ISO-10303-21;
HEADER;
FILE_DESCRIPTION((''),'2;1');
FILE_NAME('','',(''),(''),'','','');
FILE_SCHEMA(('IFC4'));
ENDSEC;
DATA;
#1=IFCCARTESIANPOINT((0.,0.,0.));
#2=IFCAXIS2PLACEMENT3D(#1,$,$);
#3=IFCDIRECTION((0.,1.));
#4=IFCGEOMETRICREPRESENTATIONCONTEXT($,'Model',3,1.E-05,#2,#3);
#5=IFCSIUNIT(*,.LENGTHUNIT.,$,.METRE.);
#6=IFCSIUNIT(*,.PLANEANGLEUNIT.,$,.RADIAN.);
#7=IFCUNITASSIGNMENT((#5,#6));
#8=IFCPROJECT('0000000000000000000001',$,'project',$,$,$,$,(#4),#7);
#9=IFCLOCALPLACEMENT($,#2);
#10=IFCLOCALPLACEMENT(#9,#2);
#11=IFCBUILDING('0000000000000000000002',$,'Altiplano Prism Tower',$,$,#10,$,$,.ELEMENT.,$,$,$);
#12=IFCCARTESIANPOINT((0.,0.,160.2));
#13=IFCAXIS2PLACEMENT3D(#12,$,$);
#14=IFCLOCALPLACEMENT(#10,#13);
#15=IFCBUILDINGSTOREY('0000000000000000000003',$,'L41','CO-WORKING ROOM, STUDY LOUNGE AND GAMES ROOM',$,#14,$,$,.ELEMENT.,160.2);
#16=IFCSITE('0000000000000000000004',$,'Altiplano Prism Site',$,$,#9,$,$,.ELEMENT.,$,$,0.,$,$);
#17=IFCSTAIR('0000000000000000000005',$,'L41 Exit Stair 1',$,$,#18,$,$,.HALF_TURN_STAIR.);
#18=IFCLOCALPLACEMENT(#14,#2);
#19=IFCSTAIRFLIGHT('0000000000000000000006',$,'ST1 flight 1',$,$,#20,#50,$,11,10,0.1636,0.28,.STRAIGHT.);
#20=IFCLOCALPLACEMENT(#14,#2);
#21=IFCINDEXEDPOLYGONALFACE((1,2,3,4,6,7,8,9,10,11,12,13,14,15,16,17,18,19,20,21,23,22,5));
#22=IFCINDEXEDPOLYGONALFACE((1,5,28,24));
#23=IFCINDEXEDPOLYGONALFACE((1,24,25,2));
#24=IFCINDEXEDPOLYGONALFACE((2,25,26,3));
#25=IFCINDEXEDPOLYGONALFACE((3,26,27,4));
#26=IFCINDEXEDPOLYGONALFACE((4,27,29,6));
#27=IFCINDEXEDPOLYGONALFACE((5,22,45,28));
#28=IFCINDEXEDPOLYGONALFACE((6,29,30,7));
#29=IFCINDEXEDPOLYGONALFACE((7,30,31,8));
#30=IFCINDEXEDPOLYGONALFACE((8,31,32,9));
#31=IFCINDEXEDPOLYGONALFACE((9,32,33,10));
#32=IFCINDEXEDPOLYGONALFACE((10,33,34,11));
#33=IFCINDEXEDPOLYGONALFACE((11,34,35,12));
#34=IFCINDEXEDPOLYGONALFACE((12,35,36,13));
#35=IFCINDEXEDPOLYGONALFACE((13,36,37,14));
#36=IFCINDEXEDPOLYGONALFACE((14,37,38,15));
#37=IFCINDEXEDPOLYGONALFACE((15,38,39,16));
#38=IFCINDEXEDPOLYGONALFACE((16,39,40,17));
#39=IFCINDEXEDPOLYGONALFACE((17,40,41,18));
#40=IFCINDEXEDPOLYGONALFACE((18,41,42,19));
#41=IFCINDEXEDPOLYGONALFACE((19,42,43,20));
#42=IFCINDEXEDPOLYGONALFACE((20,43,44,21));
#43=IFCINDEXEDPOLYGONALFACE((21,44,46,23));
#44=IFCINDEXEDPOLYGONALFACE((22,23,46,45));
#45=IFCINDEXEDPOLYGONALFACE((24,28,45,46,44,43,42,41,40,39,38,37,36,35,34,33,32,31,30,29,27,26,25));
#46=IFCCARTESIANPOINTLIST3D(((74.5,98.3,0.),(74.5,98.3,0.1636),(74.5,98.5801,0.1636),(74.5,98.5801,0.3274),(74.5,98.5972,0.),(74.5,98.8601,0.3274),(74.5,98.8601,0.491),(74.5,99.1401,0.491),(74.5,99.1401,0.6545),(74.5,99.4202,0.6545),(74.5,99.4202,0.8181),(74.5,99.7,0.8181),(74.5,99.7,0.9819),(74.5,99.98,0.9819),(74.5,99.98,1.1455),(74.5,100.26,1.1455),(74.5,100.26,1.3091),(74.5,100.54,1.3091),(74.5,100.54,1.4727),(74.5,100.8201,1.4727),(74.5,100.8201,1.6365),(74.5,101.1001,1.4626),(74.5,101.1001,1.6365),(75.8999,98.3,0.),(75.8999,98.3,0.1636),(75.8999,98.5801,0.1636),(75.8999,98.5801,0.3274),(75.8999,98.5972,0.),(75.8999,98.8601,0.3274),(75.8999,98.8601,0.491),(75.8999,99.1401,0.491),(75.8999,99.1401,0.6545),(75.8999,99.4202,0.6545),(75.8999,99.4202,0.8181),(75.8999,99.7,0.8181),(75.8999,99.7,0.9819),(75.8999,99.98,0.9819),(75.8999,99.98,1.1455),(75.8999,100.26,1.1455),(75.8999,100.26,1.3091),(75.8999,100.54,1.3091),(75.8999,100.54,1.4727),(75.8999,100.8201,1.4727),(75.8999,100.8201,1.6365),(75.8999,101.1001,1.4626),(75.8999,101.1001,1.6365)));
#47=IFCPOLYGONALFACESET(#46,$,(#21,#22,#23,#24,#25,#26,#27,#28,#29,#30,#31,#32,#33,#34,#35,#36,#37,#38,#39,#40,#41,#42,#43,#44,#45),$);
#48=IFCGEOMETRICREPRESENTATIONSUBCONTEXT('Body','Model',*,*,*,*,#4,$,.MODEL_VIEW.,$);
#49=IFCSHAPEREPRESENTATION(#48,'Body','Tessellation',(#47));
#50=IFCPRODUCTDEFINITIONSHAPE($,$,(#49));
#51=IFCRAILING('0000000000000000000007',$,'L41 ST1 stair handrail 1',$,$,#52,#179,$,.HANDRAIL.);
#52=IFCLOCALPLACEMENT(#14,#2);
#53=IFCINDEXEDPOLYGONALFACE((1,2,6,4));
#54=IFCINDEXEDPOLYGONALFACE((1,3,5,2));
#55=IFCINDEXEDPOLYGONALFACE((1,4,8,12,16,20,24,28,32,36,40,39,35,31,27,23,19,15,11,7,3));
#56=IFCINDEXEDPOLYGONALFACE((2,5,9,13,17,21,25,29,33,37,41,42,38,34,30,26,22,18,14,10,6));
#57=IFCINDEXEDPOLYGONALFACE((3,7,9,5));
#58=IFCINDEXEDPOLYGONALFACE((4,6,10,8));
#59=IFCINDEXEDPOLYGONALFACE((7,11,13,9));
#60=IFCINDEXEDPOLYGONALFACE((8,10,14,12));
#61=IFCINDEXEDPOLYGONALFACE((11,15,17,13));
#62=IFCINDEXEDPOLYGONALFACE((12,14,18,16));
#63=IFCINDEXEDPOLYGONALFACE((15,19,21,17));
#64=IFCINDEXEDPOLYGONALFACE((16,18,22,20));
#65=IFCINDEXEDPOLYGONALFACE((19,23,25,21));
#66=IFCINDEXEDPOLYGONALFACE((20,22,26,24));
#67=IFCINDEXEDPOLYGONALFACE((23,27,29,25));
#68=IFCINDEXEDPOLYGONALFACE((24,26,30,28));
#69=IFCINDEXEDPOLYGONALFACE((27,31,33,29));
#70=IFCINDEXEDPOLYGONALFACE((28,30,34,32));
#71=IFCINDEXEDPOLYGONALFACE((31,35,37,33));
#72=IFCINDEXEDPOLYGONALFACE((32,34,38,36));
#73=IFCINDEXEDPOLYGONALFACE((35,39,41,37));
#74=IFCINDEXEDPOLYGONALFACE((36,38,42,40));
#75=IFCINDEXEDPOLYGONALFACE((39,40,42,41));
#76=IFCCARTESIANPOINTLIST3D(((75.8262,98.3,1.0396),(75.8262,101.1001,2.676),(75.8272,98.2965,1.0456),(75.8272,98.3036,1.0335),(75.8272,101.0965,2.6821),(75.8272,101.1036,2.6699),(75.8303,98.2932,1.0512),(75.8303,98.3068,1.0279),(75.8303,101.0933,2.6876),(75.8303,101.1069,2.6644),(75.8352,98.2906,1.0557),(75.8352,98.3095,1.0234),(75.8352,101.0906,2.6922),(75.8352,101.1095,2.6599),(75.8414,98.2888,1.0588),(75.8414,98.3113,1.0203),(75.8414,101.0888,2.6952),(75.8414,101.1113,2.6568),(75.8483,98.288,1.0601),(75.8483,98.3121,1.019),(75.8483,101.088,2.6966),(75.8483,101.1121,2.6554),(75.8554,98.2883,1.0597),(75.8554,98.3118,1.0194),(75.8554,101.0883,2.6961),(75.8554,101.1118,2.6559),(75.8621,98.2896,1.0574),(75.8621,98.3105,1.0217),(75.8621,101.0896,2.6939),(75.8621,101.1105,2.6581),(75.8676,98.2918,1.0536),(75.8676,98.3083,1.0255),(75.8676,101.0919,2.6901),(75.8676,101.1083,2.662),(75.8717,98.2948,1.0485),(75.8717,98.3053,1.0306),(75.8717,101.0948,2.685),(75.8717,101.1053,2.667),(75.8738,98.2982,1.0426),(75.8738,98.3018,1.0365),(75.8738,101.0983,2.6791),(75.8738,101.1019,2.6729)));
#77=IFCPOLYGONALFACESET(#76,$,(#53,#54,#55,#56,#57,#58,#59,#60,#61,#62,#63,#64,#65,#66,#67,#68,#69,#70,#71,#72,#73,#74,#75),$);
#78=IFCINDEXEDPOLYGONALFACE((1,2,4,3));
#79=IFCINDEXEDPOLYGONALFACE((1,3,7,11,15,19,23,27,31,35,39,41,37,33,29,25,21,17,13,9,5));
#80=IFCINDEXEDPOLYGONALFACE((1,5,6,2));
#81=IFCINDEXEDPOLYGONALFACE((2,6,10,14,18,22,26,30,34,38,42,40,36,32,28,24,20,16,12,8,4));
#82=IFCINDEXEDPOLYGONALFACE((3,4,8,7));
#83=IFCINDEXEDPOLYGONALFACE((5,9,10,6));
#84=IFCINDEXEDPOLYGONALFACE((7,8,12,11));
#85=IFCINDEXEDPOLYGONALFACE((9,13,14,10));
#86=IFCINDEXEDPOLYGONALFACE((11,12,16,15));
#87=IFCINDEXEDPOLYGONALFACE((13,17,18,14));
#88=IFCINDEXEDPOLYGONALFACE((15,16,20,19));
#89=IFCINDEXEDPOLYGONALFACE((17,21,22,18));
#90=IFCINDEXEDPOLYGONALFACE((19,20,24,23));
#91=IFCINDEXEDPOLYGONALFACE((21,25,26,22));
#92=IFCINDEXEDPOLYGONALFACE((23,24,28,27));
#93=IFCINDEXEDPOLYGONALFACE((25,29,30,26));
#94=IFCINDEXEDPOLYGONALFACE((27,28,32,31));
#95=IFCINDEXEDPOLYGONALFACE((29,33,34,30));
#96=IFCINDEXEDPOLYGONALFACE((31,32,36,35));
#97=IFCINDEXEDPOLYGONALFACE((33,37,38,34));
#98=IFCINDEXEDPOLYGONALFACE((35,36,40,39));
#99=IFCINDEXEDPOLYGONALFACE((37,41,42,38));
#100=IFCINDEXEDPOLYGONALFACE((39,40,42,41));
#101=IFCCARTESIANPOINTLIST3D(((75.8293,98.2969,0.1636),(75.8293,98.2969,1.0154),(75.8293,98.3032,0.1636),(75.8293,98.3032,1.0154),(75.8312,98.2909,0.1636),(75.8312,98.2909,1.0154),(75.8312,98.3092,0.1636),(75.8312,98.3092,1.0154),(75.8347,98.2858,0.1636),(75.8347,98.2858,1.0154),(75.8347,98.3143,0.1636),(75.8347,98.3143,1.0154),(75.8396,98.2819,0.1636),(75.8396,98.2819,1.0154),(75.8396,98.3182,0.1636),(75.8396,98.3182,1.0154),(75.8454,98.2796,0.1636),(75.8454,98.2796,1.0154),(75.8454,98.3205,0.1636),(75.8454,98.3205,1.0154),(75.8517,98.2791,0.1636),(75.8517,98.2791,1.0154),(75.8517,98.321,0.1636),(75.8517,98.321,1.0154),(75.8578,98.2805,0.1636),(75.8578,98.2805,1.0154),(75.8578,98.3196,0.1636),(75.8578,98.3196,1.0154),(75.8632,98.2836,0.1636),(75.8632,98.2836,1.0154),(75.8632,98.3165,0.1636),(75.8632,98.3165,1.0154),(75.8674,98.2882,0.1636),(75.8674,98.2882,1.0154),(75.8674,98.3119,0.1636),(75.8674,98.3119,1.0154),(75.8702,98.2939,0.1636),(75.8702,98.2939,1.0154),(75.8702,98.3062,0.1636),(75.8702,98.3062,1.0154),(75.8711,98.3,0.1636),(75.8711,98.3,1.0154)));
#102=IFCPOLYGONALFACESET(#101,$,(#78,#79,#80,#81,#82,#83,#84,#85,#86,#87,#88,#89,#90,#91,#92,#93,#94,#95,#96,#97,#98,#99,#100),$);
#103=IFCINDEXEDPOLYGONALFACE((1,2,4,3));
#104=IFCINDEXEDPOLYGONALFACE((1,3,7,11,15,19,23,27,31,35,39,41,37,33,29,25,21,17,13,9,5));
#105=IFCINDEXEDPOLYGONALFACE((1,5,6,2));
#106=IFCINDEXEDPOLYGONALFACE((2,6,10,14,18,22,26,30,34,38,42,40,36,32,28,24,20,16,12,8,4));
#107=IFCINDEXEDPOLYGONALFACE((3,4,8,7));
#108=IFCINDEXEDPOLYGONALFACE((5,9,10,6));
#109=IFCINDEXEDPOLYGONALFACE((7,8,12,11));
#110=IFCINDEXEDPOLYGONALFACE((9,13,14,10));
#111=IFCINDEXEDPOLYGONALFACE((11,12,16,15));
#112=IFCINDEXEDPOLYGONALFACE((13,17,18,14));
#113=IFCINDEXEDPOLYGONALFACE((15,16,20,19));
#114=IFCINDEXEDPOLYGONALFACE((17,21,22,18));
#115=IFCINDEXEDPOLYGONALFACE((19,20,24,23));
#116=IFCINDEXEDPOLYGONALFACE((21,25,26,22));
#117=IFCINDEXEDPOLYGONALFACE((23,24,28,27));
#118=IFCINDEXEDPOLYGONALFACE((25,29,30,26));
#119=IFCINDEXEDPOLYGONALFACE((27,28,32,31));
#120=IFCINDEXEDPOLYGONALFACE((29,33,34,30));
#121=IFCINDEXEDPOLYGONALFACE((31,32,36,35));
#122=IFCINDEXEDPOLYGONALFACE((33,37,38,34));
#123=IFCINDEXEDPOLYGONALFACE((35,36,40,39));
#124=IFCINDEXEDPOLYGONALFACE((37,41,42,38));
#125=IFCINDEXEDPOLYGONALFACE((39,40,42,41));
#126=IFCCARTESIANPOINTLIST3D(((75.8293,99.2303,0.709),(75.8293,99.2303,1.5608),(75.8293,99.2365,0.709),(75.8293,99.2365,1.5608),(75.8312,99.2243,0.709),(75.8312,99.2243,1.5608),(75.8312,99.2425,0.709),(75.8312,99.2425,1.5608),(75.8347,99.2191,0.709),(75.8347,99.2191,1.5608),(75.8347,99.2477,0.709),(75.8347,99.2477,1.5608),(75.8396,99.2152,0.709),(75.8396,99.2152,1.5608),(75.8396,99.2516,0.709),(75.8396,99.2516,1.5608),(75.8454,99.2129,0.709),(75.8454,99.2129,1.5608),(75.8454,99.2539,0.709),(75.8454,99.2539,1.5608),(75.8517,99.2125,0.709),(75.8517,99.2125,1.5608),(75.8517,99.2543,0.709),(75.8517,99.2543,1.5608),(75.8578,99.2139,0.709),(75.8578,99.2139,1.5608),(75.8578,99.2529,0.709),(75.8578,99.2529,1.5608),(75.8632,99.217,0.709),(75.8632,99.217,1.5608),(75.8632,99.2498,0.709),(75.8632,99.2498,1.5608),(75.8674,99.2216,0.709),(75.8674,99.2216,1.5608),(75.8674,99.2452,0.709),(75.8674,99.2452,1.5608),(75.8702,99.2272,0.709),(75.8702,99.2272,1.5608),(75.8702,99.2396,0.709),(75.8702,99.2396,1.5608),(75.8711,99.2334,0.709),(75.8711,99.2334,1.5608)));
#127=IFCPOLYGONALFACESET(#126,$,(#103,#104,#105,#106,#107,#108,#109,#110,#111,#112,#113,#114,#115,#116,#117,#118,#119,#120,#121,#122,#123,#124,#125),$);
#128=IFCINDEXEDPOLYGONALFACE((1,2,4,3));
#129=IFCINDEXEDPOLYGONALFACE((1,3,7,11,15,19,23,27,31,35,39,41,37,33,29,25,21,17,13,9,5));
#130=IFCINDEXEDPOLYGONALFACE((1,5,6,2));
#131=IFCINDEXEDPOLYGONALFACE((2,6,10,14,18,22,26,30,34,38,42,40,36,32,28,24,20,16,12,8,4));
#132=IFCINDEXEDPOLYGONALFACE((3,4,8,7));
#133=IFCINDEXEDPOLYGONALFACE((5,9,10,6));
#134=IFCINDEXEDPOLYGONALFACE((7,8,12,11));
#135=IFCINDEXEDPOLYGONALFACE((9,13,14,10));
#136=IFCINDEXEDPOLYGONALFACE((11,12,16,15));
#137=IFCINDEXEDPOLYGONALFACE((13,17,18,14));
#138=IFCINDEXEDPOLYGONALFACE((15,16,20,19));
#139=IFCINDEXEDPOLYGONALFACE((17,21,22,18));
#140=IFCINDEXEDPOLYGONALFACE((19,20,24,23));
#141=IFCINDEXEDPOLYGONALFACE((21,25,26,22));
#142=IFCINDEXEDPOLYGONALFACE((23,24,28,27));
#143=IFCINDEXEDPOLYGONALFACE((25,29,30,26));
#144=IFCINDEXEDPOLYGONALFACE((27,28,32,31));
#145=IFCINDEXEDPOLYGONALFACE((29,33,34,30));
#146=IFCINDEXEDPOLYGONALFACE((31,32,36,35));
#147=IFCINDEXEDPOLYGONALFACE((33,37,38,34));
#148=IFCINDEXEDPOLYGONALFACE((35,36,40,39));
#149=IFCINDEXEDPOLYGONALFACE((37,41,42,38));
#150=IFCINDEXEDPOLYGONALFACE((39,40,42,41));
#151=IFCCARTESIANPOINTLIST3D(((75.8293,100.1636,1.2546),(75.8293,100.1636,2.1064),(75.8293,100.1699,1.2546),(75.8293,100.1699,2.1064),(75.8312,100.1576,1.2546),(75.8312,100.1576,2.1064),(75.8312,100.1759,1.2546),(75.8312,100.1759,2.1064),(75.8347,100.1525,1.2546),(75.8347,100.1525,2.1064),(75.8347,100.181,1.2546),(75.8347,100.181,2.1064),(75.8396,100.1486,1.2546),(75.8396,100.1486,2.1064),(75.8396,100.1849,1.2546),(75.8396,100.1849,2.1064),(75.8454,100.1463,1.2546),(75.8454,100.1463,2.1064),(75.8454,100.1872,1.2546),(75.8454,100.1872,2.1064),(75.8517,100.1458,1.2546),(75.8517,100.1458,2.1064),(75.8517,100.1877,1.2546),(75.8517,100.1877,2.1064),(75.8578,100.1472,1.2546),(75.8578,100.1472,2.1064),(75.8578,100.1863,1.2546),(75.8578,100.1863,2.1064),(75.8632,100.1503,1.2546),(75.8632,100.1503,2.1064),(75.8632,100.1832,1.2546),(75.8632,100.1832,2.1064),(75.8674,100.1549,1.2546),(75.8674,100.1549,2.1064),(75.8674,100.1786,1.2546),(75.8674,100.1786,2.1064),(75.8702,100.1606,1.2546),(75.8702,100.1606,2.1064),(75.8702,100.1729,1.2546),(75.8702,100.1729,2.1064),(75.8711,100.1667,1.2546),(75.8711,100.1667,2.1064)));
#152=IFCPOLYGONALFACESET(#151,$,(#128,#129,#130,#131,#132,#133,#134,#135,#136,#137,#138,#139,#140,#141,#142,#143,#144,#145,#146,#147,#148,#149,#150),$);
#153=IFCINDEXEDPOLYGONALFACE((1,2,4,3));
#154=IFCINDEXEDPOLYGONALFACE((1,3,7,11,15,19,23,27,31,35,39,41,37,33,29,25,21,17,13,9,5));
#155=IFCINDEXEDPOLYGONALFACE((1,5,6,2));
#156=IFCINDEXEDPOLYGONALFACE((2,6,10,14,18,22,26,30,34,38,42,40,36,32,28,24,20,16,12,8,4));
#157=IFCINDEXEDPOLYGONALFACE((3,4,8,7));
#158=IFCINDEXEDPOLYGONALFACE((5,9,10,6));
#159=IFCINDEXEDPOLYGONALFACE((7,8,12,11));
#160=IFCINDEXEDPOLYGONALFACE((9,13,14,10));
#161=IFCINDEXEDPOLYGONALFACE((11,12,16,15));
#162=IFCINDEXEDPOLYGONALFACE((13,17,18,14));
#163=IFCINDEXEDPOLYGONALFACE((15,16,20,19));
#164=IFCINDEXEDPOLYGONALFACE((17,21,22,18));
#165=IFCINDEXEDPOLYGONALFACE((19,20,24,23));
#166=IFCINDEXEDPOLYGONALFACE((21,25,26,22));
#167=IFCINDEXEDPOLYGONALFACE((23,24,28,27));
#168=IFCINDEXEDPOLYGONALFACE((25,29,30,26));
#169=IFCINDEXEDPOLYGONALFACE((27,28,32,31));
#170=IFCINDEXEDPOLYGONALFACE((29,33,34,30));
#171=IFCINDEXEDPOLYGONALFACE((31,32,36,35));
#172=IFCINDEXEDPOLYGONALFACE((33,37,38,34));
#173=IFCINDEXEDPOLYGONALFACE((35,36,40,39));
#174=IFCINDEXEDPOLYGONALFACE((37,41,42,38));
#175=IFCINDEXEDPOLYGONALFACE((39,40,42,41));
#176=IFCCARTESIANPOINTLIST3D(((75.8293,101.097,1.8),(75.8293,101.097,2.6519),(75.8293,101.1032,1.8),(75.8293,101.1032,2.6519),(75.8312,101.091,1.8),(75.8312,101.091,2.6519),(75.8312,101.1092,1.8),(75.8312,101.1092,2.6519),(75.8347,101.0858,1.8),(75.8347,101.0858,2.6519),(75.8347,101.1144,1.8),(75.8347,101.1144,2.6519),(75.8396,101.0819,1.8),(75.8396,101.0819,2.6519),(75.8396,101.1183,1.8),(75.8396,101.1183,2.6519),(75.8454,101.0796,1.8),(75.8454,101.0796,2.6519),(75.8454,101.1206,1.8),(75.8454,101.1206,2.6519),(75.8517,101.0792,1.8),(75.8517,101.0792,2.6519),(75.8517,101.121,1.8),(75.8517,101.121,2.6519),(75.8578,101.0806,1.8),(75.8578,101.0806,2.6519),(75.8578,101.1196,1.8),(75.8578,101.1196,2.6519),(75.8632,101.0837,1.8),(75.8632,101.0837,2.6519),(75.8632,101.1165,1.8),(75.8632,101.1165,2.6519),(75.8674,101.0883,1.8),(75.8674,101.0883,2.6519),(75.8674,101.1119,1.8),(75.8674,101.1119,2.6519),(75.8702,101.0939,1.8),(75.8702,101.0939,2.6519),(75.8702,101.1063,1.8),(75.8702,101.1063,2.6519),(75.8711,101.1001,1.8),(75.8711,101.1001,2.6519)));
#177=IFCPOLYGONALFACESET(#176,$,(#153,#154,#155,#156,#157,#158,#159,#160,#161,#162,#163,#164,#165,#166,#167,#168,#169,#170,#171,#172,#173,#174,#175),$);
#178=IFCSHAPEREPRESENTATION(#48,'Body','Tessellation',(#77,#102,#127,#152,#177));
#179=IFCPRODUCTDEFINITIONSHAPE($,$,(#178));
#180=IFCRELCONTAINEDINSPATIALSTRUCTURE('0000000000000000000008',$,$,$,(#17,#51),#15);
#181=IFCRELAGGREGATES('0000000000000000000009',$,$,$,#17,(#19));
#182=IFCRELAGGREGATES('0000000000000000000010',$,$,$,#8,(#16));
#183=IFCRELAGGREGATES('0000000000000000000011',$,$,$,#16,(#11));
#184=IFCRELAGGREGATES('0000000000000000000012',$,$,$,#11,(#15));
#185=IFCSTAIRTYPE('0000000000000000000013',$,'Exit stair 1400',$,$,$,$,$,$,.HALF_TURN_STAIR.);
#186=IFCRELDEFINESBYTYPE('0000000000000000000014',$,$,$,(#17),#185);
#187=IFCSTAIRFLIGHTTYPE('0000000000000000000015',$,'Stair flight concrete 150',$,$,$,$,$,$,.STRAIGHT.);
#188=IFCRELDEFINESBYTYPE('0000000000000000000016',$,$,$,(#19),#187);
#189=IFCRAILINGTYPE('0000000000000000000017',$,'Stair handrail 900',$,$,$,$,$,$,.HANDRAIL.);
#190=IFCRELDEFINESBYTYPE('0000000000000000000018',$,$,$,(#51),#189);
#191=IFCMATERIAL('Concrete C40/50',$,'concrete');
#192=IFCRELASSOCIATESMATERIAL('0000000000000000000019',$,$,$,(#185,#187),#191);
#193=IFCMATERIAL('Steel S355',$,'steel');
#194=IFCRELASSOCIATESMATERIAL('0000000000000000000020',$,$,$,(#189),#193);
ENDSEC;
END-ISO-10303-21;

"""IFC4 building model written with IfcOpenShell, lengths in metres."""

from ifc_helpers import new_model, si_unit, direction, frame, origin, origin_2d, place, context, subcontext, project, spatial, polyline, circle, outline, extrude, material, type_object, element, aggregate, save


model = new_model("IFC4")

# Units and contexts
model_context = context("Model", 3, precision=1e-05, world=origin(), true_north=direction((0.0, 1.0)))
body_context = subcontext(model_context, "Body", "Model", "MODEL_VIEW")
ifc_project = project(units=[si_unit("LENGTHUNIT", "METRE"), si_unit("PLANEANGLEUNIT", "RADIAN")], contexts=[model_context])

# Site, building, storey
site_placement = place(None, origin())
site = spatial("IfcSite", under=ifc_project, at=site_placement, Name="Altiplano Prism Site", CompositionType="ELEMENT", RefElevation=0.0)
building_placement = place(site_placement, origin())
building = spatial("IfcBuilding", under=site, at=building_placement, Name="Altiplano Prism Tower", CompositionType="ELEMENT")
storey_placement = place(building_placement, frame((0.0, 0.0, 160.2)))
storey = spatial("IfcBuildingStorey", under=building, at=storey_placement, Name="L41", Description="CO-WORKING ROOM, STUDY LOUNGE AND GAMES ROOM", CompositionType="ELEMENT", Elevation=160.2)

# Stair, stair flight
ifc_material_1 = material(Name="Concrete C40/50", Category="concrete")
stair_type = type_object("IfcStairType", Name="Exit stair 1400", PredefinedType="HALF_TURN_STAIR", material=ifc_material_1)
stair_placement = place(storey_placement, origin())
stair = element("IfcStair", 1, at=stair_placement, inside=storey, type_object=stair_type, Name="L41 Exit Stair 1", PredefinedType="HALF_TURN_STAIR")
stair_flight_type = type_object("IfcStairFlightType", Name="Stair flight concrete 150", PredefinedType="STRAIGHT", material=ifc_material_1)
stair_flight_placement = place(storey_placement, frame((75.2, 98.3, 0.0), z_axis=(0.0, 0.0, 1.0), x_axis=(0.0, 1.0, 0.0)))
stair_flight = element("IfcStairFlight", 2, at=stair_flight_placement, type_object=stair_flight_type, Name="ST1 flight 1", NumberOfRisers=11, NumberOfTreads=10, PredefinedType="STRAIGHT", RiserHeight=0.1636, TreadLength=0.28, context=body_context, shape_type="SweptSolid", body=[
    extrude(outline(polyline([(0.0, 0.0), (0.0, 0.1636), (0.28, 0.1636), (0.28, 0.3274), (0.5601, 0.3274), (0.5601, 0.491), (0.8401, 0.491), (0.8401, 0.6545), (1.1201, 0.6545), (1.1201, 0.8181), (1.3999, 0.8181), (1.3999, 0.9819), (1.6799, 0.9819), (1.6799, 1.1455), (1.96, 1.1455), (1.96, 1.3091), (2.24, 1.3091), (2.24, 1.4727), (2.52, 1.4727), (2.52, 1.6365), (2.8, 1.6365), (2.8, 1.8), (2.8, 1.4626), (0.2971, 0.0), (0.0, 0.0)])), frame((0.0, 0.7, 0.0), z_axis=(0.0, -1.0, 0.0), x_axis=(1.0, 0.0, 0.0)), (0.0, 0.0, 1.0), 1.3999),
])
aggregate(stair, [stair_flight])

# Railing
ifc_material_2 = material(Name="Steel S355", Category="steel")
railing_type_1 = type_object("IfcRailingType", Name="Stair handrail 900", PredefinedType="HANDRAIL", material=ifc_material_2)
railing_1_placement = place(storey_placement, frame((75.8501, 98.3, 0.1636)))
element("IfcRailing", 3, at=railing_1_placement, inside=storey, type_object=railing_type_1, Name="L41 ST1 stair handrail 1", PredefinedType="HANDRAIL", context=body_context, shape_type="SweptSolid", body=[
    extrude(circle(Radius=0.0239, at=origin_2d()), frame((0.0, 0.0, 0.876), z_axis=(0.0, 0.863361, 0.504587), x_axis=(-1.0, 0.0, 0.0)), (0.0, 0.0, 1.0), 3.2432),
    extrude(circle(Radius=0.021, at=origin_2d()), origin(), (0.0, 0.0, 1.0), 0.8518),
    extrude(circle(Radius=0.021, at=origin_2d()), frame((0.0, 0.9333, 0.5454)), (0.0, 0.0, 1.0), 0.8518),
    extrude(circle(Radius=0.021, at=origin_2d()), frame((0.0, 1.8667, 1.0911)), (0.0, 0.0, 1.0), 0.8518),
    extrude(circle(Radius=0.021, at=origin_2d()), frame((0.0, 2.8, 1.6365)), (0.0, 0.0, 1.0), 0.8518),
])

save(model, "model.ifc")
